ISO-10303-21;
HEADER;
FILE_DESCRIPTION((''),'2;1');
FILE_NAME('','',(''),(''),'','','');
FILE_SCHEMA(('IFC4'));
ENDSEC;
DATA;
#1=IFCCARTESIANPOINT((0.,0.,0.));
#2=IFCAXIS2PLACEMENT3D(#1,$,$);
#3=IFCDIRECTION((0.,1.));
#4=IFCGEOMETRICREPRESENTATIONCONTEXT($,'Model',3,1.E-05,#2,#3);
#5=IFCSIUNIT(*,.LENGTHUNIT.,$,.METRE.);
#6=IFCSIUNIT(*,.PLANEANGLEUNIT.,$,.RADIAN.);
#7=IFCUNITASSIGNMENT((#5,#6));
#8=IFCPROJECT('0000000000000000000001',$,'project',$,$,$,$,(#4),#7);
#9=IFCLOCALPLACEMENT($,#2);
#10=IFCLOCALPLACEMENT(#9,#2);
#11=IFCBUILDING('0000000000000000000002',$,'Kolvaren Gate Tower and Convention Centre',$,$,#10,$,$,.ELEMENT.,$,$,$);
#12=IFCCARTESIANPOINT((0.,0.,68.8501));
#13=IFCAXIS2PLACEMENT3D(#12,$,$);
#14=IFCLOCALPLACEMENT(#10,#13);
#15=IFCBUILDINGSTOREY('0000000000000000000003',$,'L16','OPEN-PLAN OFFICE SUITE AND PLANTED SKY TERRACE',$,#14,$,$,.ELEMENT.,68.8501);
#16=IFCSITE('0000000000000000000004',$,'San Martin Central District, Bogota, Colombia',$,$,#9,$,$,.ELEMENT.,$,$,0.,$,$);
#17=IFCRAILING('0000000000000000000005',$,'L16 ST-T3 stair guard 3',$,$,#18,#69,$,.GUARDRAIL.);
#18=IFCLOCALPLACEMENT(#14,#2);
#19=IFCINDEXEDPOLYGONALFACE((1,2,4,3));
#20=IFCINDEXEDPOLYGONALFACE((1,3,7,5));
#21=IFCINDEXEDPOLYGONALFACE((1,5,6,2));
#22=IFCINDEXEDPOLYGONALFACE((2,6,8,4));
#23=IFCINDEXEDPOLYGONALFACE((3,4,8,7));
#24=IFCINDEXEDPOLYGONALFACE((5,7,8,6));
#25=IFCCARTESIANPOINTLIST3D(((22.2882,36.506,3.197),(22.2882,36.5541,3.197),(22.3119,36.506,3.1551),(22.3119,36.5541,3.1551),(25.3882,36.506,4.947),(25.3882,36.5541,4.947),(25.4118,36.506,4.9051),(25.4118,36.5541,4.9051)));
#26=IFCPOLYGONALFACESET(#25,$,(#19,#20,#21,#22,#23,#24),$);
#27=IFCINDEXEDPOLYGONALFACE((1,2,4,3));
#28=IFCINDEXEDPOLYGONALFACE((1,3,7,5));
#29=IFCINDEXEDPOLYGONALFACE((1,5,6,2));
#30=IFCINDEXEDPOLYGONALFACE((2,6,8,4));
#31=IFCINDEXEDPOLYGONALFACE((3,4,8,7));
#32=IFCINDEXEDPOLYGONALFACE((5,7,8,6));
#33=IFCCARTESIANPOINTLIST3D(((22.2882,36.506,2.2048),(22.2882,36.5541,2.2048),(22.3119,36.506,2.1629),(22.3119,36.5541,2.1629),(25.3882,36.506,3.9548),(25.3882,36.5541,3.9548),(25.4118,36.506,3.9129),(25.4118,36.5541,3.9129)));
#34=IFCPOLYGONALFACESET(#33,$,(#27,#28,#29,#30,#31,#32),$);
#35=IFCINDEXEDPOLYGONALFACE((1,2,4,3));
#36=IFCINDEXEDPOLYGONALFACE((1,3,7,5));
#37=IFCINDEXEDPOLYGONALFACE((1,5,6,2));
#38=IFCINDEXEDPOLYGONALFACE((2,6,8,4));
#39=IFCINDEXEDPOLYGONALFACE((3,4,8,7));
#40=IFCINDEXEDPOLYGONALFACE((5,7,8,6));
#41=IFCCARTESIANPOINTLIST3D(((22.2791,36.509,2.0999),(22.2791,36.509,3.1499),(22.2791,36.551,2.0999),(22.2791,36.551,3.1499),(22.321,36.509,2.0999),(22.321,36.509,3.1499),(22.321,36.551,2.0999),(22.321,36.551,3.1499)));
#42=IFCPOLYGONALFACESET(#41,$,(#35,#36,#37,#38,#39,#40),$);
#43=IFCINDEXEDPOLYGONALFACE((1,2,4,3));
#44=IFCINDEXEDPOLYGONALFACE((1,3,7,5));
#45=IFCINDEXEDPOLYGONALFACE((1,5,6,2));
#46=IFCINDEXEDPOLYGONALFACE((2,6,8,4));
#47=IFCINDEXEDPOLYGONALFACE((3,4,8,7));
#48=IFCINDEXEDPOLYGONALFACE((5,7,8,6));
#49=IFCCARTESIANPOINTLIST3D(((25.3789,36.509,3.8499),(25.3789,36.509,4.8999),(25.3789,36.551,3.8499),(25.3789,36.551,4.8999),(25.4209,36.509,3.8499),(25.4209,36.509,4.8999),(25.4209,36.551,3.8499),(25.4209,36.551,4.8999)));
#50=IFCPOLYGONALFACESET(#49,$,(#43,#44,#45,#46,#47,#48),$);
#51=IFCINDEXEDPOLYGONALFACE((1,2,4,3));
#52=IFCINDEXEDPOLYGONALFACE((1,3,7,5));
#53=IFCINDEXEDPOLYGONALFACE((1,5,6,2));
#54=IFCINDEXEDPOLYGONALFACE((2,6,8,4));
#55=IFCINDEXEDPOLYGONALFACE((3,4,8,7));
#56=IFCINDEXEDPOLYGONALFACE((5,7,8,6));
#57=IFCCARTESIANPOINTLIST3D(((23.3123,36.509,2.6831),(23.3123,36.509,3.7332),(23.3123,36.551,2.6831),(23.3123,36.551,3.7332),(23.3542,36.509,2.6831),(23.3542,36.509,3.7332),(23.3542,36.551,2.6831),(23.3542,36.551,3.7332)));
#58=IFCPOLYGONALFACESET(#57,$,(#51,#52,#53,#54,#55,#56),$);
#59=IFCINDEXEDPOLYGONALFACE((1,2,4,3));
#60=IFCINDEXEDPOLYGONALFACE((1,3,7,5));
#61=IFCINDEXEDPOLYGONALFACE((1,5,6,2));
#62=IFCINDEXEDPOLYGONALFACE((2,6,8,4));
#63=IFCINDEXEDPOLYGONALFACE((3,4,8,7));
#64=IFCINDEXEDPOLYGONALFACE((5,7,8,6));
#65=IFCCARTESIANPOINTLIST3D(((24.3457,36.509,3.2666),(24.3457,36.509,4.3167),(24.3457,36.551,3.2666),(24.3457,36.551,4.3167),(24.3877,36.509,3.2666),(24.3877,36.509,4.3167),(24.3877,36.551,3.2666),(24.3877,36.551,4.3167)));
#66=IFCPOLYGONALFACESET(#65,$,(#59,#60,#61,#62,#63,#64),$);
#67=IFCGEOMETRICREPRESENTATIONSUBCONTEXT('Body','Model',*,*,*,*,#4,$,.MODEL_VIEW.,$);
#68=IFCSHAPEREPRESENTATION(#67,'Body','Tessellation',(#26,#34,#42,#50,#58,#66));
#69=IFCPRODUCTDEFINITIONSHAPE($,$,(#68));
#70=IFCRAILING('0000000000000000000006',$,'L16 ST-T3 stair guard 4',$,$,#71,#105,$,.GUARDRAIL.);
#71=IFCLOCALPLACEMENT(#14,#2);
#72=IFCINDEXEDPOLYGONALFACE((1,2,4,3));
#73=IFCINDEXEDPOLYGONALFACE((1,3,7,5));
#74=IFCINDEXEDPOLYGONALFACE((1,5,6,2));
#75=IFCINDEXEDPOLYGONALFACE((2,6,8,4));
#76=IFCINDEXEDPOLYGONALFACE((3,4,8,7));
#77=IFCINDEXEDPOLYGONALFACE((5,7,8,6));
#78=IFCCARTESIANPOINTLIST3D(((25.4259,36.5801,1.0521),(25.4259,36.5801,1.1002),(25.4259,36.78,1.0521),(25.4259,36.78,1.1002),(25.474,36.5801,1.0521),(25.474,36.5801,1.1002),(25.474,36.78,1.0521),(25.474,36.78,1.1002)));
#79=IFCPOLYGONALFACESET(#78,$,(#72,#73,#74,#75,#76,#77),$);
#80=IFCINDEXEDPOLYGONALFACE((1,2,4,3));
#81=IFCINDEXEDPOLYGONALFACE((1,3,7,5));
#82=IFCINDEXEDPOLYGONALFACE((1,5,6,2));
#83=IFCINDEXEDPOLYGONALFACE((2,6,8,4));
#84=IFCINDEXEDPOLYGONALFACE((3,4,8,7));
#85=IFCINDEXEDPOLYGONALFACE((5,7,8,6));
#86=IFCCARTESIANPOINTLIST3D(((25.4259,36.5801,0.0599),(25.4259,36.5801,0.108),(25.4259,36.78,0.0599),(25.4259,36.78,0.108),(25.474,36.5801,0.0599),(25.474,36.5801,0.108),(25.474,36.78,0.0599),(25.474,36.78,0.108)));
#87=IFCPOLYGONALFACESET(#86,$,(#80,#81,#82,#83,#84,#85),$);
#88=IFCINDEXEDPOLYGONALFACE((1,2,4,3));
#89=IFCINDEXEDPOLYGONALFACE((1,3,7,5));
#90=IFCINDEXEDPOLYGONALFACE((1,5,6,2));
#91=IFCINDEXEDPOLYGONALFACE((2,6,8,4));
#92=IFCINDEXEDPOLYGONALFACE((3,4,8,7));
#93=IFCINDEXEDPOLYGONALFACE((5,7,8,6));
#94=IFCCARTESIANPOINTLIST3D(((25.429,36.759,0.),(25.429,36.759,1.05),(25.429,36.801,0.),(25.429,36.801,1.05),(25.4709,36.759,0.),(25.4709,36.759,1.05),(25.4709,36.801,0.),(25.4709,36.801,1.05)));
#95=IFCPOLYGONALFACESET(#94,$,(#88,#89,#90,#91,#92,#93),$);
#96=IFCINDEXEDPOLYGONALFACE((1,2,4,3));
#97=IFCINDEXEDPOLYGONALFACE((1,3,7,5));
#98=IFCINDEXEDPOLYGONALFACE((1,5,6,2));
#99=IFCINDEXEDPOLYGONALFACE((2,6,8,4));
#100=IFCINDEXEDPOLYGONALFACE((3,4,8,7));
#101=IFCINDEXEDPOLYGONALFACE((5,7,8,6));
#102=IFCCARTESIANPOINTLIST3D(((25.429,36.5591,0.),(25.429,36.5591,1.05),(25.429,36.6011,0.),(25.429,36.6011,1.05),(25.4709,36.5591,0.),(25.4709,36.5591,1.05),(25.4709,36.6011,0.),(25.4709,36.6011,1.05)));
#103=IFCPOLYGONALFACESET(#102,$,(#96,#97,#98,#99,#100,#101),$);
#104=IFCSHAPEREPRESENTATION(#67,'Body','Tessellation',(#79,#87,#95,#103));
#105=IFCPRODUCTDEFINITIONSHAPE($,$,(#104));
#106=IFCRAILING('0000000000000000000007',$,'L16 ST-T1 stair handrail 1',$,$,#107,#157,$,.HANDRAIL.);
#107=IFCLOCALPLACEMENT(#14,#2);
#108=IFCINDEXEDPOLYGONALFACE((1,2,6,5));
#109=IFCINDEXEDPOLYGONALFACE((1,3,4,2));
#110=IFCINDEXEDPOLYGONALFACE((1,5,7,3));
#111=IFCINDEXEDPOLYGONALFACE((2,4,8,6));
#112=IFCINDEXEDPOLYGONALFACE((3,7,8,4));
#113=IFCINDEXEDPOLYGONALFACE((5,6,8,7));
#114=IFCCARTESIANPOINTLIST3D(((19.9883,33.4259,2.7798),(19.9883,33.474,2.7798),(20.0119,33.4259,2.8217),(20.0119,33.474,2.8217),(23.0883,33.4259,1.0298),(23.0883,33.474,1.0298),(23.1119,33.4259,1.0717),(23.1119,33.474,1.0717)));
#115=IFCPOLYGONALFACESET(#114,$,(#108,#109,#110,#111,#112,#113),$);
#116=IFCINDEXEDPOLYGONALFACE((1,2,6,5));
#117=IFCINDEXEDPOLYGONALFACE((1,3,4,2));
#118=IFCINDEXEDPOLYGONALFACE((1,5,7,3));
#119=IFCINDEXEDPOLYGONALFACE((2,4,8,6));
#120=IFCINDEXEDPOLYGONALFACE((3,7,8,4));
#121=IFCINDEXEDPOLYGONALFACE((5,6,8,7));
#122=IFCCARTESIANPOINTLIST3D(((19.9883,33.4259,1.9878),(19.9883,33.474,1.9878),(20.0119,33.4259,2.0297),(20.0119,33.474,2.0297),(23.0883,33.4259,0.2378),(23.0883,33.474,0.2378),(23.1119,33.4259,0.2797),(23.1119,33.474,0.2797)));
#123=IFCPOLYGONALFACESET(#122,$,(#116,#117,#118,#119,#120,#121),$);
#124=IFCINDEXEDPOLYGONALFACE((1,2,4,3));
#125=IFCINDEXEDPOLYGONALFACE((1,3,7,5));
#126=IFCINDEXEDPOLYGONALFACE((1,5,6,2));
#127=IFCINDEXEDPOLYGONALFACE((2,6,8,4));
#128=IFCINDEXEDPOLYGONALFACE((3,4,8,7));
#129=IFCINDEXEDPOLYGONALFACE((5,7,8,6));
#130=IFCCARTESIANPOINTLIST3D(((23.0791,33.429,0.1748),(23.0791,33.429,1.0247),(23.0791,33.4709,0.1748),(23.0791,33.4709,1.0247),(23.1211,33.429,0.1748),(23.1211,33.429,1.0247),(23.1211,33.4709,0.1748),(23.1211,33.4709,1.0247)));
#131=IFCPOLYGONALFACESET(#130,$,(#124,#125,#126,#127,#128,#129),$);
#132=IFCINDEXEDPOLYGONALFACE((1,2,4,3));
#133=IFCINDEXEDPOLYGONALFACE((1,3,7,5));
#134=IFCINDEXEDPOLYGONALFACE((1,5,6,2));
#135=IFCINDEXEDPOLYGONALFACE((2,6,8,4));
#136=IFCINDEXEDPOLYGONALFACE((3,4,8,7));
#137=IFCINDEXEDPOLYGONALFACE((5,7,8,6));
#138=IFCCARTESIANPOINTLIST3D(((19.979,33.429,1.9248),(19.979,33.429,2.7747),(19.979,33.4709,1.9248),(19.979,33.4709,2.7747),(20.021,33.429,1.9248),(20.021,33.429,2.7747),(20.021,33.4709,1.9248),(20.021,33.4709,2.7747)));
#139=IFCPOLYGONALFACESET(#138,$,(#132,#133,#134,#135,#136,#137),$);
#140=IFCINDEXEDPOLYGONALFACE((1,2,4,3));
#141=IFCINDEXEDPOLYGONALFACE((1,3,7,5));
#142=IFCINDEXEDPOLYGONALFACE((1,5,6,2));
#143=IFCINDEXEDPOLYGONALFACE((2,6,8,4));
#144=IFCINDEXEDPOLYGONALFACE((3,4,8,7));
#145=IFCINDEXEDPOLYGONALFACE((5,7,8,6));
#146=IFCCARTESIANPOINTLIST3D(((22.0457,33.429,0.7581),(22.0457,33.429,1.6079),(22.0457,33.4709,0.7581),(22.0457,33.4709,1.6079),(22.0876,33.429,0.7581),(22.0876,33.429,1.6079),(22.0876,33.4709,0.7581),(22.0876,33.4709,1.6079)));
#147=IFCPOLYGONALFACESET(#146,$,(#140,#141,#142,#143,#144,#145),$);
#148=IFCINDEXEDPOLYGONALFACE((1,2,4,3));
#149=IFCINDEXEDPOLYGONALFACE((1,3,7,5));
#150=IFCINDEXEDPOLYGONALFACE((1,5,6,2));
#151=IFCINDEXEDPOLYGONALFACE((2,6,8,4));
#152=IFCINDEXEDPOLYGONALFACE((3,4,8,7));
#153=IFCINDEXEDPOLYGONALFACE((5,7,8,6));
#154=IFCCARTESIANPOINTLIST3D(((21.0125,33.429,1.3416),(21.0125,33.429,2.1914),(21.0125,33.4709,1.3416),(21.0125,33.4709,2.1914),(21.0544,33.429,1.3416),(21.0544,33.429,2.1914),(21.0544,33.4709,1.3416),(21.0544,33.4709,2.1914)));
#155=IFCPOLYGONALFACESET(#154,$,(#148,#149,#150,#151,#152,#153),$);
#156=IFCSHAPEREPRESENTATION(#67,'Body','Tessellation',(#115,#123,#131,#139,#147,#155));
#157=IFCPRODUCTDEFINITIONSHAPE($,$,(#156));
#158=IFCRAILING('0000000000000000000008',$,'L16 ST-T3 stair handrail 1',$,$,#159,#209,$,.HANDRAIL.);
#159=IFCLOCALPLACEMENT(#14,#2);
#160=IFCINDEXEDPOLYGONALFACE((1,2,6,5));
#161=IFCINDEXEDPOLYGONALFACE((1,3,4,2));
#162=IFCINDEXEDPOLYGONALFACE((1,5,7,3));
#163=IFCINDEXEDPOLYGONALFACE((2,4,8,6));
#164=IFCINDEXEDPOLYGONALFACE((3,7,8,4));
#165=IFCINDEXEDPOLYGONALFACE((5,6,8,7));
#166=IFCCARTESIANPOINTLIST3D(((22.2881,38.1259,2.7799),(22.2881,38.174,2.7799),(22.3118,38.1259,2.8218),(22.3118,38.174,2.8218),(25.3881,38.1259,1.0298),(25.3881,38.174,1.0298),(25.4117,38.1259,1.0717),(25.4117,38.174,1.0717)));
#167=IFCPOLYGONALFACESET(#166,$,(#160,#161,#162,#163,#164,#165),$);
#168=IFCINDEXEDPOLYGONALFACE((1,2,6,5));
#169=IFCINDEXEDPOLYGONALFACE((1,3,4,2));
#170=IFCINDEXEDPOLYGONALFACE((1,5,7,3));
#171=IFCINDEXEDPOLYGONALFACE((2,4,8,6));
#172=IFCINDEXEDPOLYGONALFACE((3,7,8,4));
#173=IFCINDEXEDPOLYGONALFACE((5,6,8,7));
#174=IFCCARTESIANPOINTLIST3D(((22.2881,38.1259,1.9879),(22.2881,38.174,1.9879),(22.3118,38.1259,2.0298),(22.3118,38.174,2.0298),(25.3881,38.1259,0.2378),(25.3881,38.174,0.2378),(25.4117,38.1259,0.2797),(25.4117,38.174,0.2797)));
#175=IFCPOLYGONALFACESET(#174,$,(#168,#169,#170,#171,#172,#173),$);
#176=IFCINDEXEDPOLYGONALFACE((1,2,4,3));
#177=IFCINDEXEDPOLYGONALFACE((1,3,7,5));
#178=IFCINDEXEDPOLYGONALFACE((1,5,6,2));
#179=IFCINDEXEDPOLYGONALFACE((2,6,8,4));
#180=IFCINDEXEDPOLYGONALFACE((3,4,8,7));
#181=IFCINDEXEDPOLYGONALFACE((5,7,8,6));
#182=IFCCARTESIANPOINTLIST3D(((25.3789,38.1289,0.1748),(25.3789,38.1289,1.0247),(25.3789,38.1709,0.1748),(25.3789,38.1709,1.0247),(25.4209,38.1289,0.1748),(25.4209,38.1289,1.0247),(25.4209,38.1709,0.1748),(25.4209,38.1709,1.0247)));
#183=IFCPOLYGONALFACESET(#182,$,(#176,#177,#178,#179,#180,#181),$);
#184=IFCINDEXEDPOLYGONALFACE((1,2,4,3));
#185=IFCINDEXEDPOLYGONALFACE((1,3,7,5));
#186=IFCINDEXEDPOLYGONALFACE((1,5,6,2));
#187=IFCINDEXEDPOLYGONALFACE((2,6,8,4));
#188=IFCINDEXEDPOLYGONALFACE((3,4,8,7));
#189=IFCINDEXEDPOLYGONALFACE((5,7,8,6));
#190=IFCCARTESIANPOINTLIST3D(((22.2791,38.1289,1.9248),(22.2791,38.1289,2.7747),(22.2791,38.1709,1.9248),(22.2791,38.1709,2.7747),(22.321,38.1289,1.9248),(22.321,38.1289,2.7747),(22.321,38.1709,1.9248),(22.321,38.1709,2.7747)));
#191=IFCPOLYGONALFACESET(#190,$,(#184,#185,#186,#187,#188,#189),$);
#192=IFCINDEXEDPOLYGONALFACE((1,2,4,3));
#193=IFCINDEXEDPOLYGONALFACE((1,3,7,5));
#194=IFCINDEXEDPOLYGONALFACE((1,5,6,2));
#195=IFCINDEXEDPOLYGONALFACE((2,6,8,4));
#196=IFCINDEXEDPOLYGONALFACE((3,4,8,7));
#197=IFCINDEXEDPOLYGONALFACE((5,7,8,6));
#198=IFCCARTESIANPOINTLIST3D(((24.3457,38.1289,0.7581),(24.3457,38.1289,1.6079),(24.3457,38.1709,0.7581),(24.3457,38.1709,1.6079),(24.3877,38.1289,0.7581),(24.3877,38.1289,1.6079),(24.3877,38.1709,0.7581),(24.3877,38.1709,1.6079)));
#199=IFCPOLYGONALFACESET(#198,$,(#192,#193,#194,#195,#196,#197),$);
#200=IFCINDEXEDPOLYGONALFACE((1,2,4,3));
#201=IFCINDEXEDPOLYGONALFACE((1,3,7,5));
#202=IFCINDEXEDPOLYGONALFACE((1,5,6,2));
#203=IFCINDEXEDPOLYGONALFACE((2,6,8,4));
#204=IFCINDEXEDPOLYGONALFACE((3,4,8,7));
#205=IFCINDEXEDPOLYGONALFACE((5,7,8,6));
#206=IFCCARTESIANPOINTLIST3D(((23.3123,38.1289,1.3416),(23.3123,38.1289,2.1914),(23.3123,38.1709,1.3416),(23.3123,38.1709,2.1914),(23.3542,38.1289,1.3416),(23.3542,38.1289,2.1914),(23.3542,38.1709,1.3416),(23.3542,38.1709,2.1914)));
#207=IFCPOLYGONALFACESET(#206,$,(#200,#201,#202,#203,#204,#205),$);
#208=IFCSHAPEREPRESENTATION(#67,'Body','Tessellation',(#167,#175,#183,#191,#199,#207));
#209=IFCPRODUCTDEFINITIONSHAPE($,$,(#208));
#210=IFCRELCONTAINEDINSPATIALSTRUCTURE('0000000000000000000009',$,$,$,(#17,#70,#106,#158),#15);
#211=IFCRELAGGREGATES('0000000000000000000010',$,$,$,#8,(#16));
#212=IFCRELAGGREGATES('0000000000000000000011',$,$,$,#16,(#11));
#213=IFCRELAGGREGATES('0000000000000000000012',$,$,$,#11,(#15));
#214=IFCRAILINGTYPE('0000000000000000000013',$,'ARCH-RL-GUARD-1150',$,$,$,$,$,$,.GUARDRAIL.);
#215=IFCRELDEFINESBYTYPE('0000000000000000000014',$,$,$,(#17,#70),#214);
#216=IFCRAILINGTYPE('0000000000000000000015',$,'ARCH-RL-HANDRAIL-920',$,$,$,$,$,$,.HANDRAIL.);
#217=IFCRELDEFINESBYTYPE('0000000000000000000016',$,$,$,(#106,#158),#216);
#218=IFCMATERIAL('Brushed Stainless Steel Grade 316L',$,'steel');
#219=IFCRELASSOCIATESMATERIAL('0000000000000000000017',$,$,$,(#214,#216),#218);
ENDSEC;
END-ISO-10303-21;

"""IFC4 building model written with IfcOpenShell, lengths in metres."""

from ifc_helpers import new_model, si_unit, direction, frame, origin, origin_2d, place, context, subcontext, project, spatial, rectangle, extrude, material, type_object, element, save


model = new_model("IFC4")

# Units and contexts
model_context = context("Model", 3, precision=1e-05, world=origin(), true_north=direction((0.0, 1.0)))
body_context = subcontext(model_context, "Body", "Model", "MODEL_VIEW")
ifc_project = project(units=[si_unit("LENGTHUNIT", "METRE"), si_unit("PLANEANGLEUNIT", "RADIAN")], contexts=[model_context])

# Site, building, storey
site_placement = place(None, origin())
site = spatial("IfcSite", under=ifc_project, at=site_placement, Name="San Martin Central District, Bogota, Colombia", CompositionType="ELEMENT", RefElevation=0.0)
building_placement = place(site_placement, origin())
building = spatial("IfcBuilding", under=site, at=building_placement, Name="Kolvaren Gate Tower and Convention Centre", CompositionType="ELEMENT")
storey_placement = place(building_placement, frame((0.0, 0.0, 68.8501)))
storey = spatial("IfcBuildingStorey", under=building, at=storey_placement, Name="L16", Description="OPEN-PLAN OFFICE SUITE AND PLANTED SKY TERRACE", CompositionType="ELEMENT", Elevation=68.8501)

# Railings
ifc_material_1 = material(Name="Brushed Stainless Steel Grade 316L", Category="steel")
railing_type_1 = type_object("IfcRailingType", Name="ARCH-RL-GUARD-1150", PredefinedType="GUARDRAIL", material=ifc_material_1)
railing_1_placement = place(storey_placement, frame((22.3, 36.53, 2.0999)))
element("IfcRailing", 1, at=railing_1_placement, inside=storey, type_object=railing_type_1, Name="L16 ST-T3 stair guard 3", PredefinedType="GUARDRAIL", context=body_context, shape_type="SweptSolid", body=[
    extrude(rectangle(XDim=0.0481, YDim=0.0481, at=origin_2d()), frame((0.0, 0.0, 1.0762), z_axis=(0.870814, 0.0, 0.491612), x_axis=(0.0, 1.0, 0.0)), (0.0, 0.0, 1.0), 3.5598),
    extrude(rectangle(XDim=0.0481, YDim=0.0481, at=origin_2d()), frame((0.0, 0.0, 0.084), z_axis=(0.870814, 0.0, 0.491612), x_axis=(0.0, 1.0, 0.0)), (0.0, 0.0, 1.0), 3.5598),
    extrude(rectangle(XDim=0.042, YDim=0.042, at=origin_2d()), origin(), (0.0, 0.0, 1.0), 1.05),
    extrude(rectangle(XDim=0.042, YDim=0.042, at=origin_2d()), frame((3.0999, 0.0, 1.75)), (0.0, 0.0, 1.0), 1.05),
    extrude(rectangle(XDim=0.042, YDim=0.042, at=origin_2d()), frame((1.0332, 0.0, 0.5833)), (0.0, 0.0, 1.0), 1.05),
    extrude(rectangle(XDim=0.042, YDim=0.042, at=origin_2d()), frame((2.0667, 0.0, 1.1667)), (0.0, 0.0, 1.0), 1.05),
])
railing_2_placement = place(storey_placement, frame((25.45, 36.78, 0.0)))
element("IfcRailing", 2, at=railing_2_placement, inside=storey, type_object=railing_type_1, Name="L16 ST-T3 stair guard 4", PredefinedType="GUARDRAIL", context=body_context, shape_type="SweptSolid", body=[
    extrude(rectangle(XDim=0.0481, YDim=0.0481, at=origin_2d()), frame((0.0, 0.0, 1.0762), z_axis=(0.0, -1.0, 0.0), x_axis=(1.0, 0.0, 0.0)), (0.0, 0.0, 1.0), 0.2),
    extrude(rectangle(XDim=0.0481, YDim=0.0481, at=origin_2d()), frame((0.0, 0.0, 0.084), z_axis=(0.0, -1.0, 0.0), x_axis=(1.0, 0.0, 0.0)), (0.0, 0.0, 1.0), 0.2),
    extrude(rectangle(XDim=0.042, YDim=0.042, at=origin_2d()), origin(), (0.0, 0.0, 1.0), 1.05),
    extrude(rectangle(XDim=0.042, YDim=0.042, at=origin_2d()), frame((0.0, -0.2, 0.0)), (0.0, 0.0, 1.0), 1.05),
])
railing_type_2 = type_object("IfcRailingType", Name="ARCH-RL-HANDRAIL-920", PredefinedType="HANDRAIL", material=ifc_material_1)
railing_3_placement = place(storey_placement, frame((23.1001, 33.45, 0.1748)))
element("IfcRailing", 3, at=railing_3_placement, inside=storey, type_object=railing_type_2, Name="L16 ST-T1 stair handrail 1", PredefinedType="HANDRAIL", context=body_context, shape_type="SweptSolid", body=[
    extrude(rectangle(XDim=0.0481, YDim=0.0481, at=origin_2d()), frame((0.0, 0.0, 0.876), z_axis=(-0.870831, 0.0, 0.491583), x_axis=(0.0, -1.0, 0.0)), (0.0, 0.0, 1.0), 3.5598),
    extrude(rectangle(XDim=0.0481, YDim=0.0481, at=origin_2d()), frame((0.0, 0.0, 0.084), z_axis=(-0.870831, 0.0, 0.491583), x_axis=(0.0, -1.0, 0.0)), (0.0, 0.0, 1.0), 3.5598),
    extrude(rectangle(XDim=0.042, YDim=0.042, at=origin_2d()), origin(), (0.0, 0.0, 1.0), 0.8499),
    extrude(rectangle(XDim=0.042, YDim=0.042, at=origin_2d()), frame((-3.1001, 0.0, 1.75)), (0.0, 0.0, 1.0), 0.8499),
    extrude(rectangle(XDim=0.042, YDim=0.042, at=origin_2d()), frame((-1.0334, 0.0, 0.5833)), (0.0, 0.0, 1.0), 0.8499),
    extrude(rectangle(XDim=0.042, YDim=0.042, at=origin_2d()), frame((-2.0667, 0.0, 1.1667)), (0.0, 0.0, 1.0), 0.8499),
])
railing_4_placement = place(storey_placement, frame((25.3999, 38.1499, 0.1748)))
element("IfcRailing", 4, at=railing_4_placement, inside=storey, type_object=railing_type_2, Name="L16 ST-T3 stair handrail 1", PredefinedType="HANDRAIL", context=body_context, shape_type="SweptSolid", body=[
    extrude(rectangle(XDim=0.0481, YDim=0.0481, at=origin_2d()), frame((0.0, 0.0, 0.876), z_axis=(-0.870814, 0.0, 0.491612), x_axis=(0.0, -1.0, 0.0)), (0.0, 0.0, 1.0), 3.5598),
    extrude(rectangle(XDim=0.0481, YDim=0.0481, at=origin_2d()), frame((0.0, 0.0, 0.084), z_axis=(-0.870814, 0.0, 0.491612), x_axis=(0.0, -1.0, 0.0)), (0.0, 0.0, 1.0), 3.5598),
    extrude(rectangle(XDim=0.042, YDim=0.042, at=origin_2d()), origin(), (0.0, 0.0, 1.0), 0.8499),
    extrude(rectangle(XDim=0.042, YDim=0.042, at=origin_2d()), frame((-3.0999, 0.0, 1.75)), (0.0, 0.0, 1.0), 0.8499),
    extrude(rectangle(XDim=0.042, YDim=0.042, at=origin_2d()), frame((-1.0332, 0.0, 0.5833)), (0.0, 0.0, 1.0), 0.8499),
    extrude(rectangle(XDim=0.042, YDim=0.042, at=origin_2d()), frame((-2.0667, 0.0, 1.1667)), (0.0, 0.0, 1.0), 0.8499),
])

save(model, "model.ifc")
